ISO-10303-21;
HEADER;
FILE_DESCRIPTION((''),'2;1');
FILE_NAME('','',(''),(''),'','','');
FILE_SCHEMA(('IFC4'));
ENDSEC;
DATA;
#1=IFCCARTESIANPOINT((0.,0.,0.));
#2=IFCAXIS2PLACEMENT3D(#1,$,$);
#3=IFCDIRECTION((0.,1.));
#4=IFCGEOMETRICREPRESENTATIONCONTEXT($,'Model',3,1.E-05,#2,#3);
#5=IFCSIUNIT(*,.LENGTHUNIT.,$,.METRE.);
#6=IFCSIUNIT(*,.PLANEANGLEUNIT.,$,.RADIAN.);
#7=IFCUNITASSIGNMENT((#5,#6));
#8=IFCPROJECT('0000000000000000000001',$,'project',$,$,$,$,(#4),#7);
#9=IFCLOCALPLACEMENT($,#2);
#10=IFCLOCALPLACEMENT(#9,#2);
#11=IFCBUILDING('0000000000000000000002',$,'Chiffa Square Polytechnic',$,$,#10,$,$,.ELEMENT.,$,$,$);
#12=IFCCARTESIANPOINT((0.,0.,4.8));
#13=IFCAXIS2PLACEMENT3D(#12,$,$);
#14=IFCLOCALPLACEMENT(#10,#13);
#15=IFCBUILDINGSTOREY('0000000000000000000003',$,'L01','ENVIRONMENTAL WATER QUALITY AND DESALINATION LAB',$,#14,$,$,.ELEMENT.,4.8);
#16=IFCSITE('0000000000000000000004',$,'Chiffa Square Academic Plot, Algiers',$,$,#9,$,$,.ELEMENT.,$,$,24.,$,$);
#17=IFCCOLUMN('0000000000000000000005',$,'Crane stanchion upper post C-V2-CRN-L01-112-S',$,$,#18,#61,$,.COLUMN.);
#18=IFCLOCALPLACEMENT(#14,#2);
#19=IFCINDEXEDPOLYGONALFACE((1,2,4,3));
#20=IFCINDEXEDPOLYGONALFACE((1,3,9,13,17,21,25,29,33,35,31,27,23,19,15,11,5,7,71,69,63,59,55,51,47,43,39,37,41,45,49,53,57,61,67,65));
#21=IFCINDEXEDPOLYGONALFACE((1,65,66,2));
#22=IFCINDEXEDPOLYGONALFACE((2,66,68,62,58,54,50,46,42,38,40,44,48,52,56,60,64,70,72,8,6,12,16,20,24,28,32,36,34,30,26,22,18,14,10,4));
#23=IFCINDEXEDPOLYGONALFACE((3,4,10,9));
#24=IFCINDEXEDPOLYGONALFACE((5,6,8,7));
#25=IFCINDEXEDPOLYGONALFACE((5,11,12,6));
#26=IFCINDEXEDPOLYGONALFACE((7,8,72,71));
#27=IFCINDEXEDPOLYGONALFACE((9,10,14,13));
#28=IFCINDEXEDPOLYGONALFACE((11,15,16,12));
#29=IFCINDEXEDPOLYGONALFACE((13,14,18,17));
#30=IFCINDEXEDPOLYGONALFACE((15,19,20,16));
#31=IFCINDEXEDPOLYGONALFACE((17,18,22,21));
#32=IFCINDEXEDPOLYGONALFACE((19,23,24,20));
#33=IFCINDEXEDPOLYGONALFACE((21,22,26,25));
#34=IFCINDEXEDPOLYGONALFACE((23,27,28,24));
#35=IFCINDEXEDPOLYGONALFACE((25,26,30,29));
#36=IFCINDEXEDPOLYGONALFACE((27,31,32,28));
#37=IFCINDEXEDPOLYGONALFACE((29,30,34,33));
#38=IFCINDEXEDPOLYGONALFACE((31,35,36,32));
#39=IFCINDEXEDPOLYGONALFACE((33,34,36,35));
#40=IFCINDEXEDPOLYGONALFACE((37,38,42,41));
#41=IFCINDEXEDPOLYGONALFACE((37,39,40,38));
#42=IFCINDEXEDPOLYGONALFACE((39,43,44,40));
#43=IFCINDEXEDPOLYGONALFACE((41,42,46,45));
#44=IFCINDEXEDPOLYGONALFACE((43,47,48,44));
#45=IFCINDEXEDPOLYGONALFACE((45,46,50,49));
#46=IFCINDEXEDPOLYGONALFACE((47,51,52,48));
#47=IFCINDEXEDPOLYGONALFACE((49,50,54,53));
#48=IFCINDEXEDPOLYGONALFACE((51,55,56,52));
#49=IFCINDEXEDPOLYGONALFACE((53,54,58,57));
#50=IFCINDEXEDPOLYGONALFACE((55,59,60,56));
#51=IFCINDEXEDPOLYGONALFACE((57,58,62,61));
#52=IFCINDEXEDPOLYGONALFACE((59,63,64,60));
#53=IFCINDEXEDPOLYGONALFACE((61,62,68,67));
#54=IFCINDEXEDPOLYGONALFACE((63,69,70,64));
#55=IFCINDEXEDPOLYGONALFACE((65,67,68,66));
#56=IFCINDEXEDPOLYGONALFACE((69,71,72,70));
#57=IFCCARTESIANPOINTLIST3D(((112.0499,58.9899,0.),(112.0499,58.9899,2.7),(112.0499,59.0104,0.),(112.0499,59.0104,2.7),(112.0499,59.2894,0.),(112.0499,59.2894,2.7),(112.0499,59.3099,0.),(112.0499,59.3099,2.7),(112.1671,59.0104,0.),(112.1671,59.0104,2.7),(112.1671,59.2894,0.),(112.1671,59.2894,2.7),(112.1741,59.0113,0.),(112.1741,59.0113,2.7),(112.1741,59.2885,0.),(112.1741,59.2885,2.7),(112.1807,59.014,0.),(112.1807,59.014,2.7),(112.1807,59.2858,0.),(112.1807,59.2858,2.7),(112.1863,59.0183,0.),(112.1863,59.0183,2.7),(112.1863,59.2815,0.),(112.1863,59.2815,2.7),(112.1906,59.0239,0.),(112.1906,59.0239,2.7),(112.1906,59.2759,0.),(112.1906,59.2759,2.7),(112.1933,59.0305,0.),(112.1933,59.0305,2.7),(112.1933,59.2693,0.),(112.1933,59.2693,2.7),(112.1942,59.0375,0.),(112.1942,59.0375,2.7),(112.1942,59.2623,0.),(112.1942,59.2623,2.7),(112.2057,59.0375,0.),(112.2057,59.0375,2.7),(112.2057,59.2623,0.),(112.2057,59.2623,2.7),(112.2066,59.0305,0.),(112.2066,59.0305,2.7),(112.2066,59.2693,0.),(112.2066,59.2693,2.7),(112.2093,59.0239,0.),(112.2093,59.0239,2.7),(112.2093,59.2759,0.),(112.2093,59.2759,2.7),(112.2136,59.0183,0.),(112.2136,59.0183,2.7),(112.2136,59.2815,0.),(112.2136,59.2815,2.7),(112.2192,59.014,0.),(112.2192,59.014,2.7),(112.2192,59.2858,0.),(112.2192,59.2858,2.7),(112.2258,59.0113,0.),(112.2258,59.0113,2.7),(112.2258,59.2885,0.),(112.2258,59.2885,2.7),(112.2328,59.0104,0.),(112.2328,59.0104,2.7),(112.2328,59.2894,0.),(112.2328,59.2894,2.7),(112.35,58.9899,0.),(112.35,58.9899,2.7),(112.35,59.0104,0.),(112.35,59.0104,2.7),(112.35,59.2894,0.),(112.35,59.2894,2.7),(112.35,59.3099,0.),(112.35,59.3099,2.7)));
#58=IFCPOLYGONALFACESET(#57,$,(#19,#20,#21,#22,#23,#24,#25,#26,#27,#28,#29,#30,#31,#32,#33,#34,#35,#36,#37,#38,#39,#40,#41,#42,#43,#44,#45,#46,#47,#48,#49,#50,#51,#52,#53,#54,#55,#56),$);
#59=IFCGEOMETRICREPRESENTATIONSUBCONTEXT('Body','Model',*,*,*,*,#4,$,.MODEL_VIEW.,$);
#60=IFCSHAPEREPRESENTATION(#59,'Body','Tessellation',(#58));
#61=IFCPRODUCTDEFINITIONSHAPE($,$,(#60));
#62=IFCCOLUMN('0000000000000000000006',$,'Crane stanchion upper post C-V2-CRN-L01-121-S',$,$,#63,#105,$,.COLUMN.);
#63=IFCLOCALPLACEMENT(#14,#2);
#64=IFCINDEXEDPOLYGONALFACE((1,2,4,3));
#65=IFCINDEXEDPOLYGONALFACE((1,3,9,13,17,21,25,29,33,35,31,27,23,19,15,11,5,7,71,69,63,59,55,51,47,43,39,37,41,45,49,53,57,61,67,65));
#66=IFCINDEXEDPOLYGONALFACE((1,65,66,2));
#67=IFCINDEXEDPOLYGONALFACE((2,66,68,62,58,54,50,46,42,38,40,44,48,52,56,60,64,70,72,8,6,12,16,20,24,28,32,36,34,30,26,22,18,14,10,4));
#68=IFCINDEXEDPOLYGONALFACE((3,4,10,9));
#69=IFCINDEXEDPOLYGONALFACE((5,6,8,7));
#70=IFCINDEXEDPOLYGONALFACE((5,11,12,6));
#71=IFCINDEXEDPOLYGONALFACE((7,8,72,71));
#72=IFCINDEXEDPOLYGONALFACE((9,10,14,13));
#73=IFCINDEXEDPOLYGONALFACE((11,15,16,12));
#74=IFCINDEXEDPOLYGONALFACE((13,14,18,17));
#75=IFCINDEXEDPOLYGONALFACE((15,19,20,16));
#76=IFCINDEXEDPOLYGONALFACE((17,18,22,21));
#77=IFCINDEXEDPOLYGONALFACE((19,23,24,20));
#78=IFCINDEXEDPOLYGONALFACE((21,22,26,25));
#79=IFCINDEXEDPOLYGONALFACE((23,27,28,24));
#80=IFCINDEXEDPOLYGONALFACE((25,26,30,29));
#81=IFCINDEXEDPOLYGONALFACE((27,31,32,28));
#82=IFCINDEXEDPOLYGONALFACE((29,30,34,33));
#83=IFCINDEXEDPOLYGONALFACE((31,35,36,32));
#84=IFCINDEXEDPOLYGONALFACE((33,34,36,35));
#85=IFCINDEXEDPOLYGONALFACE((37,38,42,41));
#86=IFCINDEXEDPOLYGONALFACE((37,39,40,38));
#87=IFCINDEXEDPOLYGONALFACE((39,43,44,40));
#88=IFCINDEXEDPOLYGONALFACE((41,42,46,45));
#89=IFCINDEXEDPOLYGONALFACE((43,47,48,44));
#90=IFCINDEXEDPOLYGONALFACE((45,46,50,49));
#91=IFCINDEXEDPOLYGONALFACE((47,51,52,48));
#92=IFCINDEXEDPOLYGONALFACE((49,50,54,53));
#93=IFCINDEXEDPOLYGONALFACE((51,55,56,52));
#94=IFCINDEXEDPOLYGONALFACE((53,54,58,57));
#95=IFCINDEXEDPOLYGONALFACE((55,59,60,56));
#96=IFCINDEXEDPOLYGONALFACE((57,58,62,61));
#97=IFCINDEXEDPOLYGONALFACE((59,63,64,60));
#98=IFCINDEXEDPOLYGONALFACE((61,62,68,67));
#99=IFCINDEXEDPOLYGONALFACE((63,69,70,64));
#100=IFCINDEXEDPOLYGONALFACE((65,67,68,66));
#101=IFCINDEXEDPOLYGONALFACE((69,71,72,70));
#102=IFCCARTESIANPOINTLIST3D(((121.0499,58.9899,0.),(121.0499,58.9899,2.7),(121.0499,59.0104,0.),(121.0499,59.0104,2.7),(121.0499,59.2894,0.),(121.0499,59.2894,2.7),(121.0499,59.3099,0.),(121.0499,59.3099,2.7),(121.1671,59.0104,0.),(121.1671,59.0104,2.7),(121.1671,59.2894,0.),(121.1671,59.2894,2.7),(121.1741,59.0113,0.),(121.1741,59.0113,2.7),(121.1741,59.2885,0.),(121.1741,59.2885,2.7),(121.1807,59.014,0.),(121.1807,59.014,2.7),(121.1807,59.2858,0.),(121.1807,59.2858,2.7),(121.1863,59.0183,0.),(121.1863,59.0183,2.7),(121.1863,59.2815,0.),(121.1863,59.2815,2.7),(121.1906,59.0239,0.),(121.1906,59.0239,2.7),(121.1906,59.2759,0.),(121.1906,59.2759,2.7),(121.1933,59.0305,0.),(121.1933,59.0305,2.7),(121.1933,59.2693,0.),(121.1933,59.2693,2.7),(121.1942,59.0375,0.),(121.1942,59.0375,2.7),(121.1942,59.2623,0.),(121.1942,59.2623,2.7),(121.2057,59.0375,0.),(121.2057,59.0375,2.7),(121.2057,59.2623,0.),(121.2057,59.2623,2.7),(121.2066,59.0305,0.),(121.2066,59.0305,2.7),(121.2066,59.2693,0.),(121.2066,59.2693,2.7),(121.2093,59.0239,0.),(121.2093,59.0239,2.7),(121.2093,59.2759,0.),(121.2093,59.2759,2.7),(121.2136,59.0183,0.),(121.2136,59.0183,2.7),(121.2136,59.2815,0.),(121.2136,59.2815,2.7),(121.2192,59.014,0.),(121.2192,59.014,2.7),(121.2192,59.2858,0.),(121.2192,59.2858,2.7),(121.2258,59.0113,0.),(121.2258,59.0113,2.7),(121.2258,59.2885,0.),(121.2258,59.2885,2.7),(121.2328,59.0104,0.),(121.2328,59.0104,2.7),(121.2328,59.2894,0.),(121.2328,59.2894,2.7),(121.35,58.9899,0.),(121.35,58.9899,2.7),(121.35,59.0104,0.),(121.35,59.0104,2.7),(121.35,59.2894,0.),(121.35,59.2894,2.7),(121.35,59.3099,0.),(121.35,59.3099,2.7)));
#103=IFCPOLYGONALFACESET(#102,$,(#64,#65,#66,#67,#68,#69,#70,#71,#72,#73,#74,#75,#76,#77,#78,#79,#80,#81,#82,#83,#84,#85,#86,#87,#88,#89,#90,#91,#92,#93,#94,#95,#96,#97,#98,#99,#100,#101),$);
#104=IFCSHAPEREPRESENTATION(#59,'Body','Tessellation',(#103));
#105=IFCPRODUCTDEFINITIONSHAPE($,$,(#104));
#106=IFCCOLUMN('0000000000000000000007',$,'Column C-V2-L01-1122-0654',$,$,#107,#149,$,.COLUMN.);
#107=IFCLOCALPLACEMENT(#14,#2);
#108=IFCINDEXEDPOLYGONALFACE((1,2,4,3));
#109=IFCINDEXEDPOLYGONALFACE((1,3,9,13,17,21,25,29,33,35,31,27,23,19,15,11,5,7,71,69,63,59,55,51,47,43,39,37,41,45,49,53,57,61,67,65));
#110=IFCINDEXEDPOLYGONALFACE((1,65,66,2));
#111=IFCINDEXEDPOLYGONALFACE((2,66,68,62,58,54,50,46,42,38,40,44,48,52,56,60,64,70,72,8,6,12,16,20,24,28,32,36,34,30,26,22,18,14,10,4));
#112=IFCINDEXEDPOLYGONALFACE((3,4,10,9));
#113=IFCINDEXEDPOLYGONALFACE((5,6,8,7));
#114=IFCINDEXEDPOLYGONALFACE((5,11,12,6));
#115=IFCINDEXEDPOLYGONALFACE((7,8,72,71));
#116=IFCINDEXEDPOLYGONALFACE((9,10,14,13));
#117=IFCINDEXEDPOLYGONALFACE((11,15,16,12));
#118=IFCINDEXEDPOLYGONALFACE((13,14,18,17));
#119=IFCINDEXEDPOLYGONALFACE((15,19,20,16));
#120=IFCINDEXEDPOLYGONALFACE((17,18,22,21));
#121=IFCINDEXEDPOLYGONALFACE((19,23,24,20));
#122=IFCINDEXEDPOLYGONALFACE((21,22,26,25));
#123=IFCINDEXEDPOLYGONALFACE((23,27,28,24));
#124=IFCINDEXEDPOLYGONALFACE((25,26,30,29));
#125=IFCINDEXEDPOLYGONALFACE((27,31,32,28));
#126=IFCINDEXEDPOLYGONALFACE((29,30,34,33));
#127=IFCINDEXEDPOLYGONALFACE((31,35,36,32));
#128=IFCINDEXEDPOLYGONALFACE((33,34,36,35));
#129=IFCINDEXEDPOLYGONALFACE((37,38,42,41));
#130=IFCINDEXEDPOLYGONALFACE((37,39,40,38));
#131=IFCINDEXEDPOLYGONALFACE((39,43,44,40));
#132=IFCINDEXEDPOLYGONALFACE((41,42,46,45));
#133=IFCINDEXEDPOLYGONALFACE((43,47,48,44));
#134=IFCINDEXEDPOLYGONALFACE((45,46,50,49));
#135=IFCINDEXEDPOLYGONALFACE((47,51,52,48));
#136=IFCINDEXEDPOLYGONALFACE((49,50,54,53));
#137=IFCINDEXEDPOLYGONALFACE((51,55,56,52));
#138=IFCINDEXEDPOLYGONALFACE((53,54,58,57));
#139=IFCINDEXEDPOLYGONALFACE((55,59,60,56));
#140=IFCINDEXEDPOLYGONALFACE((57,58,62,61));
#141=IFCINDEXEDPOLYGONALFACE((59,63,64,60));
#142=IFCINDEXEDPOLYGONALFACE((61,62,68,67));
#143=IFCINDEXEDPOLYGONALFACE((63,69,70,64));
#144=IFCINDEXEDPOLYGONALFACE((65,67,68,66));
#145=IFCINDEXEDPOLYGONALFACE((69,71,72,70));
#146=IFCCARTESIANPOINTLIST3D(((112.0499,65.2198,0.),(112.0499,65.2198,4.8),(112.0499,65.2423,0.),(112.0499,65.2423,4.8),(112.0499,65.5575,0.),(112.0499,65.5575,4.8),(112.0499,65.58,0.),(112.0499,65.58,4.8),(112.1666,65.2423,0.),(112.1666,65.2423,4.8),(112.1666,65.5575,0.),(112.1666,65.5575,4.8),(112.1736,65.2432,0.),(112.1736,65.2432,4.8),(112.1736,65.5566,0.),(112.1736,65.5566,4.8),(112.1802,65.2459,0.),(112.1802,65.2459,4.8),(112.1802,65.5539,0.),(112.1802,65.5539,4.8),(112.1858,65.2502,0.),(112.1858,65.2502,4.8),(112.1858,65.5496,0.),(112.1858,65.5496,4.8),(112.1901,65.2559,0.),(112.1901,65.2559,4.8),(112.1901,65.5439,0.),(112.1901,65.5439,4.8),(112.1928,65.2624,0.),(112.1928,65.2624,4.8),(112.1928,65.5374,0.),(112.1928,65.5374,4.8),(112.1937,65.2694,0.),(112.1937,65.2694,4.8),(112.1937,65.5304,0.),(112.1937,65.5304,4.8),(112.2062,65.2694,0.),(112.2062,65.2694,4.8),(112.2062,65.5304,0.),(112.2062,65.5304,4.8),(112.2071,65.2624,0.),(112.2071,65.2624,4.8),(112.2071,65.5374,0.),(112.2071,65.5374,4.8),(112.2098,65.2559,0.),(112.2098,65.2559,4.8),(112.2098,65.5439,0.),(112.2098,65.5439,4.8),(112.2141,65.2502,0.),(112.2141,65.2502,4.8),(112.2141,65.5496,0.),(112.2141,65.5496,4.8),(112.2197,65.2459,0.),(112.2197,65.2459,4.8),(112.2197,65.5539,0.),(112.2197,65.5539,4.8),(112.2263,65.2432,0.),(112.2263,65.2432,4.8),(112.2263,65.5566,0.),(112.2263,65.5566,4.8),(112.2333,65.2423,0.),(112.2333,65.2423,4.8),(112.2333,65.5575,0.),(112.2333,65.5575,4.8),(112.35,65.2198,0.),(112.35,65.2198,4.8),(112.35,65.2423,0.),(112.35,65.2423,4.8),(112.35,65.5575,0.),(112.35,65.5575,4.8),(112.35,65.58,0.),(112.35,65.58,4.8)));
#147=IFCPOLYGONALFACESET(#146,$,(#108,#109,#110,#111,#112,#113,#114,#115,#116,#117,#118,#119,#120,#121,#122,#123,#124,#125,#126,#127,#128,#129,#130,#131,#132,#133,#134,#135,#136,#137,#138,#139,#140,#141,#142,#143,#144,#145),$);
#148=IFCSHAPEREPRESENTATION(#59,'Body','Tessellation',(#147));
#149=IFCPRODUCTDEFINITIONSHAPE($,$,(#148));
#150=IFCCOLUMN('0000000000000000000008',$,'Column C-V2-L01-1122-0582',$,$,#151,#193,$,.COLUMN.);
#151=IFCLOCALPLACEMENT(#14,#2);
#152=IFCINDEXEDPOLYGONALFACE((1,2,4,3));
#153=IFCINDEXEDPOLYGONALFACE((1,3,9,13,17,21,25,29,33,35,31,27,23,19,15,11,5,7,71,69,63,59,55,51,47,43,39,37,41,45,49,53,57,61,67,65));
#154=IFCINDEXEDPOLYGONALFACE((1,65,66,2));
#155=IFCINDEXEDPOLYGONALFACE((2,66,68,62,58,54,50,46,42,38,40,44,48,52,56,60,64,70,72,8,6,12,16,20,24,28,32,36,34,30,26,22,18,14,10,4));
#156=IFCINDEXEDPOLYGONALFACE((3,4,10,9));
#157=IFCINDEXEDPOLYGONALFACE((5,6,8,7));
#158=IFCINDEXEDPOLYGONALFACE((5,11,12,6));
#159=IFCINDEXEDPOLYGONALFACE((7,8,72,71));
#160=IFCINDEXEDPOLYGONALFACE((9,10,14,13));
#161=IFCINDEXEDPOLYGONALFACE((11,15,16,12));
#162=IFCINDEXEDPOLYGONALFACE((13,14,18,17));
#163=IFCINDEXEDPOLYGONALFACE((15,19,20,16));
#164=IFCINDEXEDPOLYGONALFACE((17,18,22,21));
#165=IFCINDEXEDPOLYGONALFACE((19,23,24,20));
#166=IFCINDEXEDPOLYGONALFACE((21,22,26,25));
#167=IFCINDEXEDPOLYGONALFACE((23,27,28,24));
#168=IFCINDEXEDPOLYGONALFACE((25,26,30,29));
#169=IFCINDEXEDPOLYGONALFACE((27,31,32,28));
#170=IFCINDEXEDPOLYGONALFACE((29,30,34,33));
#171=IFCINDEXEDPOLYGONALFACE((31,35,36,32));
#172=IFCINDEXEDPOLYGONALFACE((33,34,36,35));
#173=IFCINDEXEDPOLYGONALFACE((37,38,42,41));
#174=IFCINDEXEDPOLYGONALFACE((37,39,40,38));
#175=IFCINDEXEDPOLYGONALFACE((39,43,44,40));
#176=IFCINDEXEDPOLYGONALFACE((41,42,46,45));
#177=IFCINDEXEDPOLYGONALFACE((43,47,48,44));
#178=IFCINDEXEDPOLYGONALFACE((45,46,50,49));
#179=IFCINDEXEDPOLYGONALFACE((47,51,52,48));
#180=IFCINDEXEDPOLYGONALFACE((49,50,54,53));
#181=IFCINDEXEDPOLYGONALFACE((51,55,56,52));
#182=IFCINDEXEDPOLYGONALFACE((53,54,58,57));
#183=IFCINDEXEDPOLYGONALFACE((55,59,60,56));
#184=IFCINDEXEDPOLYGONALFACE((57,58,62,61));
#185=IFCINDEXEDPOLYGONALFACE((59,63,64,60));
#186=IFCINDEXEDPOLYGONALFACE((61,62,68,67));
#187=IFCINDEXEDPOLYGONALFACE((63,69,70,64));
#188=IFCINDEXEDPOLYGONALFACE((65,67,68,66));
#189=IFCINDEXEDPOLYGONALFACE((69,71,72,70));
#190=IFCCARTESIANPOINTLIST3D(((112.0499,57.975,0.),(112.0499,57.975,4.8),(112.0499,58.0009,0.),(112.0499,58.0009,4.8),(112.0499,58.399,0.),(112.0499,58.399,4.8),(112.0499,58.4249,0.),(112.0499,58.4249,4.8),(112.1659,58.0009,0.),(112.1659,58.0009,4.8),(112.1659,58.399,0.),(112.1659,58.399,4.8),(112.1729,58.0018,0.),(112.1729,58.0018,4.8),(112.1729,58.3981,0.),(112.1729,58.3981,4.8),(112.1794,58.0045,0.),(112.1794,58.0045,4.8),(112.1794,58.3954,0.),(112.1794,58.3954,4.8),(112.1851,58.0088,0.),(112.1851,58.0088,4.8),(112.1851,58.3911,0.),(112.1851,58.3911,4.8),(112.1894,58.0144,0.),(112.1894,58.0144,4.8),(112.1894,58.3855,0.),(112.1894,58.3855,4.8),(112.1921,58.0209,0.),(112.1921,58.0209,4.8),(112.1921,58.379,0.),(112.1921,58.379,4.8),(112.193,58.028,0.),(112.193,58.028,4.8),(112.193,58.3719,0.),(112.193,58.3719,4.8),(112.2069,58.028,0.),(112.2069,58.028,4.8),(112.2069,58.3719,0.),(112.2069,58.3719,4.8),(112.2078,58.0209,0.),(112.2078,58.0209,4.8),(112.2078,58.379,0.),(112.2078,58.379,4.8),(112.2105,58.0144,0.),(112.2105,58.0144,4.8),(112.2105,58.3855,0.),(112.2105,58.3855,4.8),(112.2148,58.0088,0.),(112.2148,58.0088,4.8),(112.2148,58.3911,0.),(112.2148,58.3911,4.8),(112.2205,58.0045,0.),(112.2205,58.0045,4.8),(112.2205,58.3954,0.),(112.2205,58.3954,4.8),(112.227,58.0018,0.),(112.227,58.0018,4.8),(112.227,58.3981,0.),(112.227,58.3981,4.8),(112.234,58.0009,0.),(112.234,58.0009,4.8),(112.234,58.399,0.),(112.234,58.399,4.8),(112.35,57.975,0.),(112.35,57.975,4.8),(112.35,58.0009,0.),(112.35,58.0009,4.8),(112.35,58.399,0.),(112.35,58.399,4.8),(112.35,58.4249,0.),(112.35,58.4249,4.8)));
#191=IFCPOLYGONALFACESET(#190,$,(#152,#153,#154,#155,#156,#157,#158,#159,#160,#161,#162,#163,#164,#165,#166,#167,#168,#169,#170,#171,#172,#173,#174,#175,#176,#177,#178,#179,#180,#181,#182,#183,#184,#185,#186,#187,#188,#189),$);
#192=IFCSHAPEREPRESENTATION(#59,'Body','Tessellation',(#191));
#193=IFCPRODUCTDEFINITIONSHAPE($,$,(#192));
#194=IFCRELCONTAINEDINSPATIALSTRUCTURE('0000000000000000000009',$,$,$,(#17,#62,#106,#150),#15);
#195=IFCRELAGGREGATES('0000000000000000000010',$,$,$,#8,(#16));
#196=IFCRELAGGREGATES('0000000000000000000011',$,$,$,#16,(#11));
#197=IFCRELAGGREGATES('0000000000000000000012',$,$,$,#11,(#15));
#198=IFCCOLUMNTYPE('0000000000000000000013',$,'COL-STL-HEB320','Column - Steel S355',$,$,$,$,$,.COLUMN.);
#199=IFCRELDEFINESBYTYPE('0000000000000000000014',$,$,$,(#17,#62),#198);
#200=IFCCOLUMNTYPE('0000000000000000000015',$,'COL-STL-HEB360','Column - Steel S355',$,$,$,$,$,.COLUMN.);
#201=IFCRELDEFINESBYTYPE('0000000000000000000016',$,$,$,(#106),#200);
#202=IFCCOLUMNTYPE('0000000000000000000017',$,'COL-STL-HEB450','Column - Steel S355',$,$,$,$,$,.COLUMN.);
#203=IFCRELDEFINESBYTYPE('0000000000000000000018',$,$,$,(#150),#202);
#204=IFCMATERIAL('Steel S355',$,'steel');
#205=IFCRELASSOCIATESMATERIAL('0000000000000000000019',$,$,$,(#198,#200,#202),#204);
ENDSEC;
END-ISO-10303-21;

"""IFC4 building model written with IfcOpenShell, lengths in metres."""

from ifc_helpers import new_model, si_unit, direction, frame, origin, origin_2d, place, context, subcontext, project, spatial, i_section, extrude, material, material_profile, profile_set, type_object, element, save


model = new_model("IFC4")

# Units and contexts
model_context = context("Model", 3, precision=1e-05, world=origin(), true_north=direction((0.0, 1.0)))
body_context = subcontext(model_context, "Body", "Model", "MODEL_VIEW")
ifc_project = project(units=[si_unit("LENGTHUNIT", "METRE"), si_unit("PLANEANGLEUNIT", "RADIAN")], contexts=[model_context])

# Site, building, storey
site_placement = place(None, origin())
site = spatial("IfcSite", under=ifc_project, at=site_placement, Name="Chiffa Square Academic Plot, Algiers", CompositionType="ELEMENT", RefElevation=24.0)
building_placement = place(site_placement, origin())
building = spatial("IfcBuilding", under=site, at=building_placement, Name="Chiffa Square Polytechnic", CompositionType="ELEMENT")
storey_placement = place(building_placement, frame((0.0, 0.0, 4.8)))
storey = spatial("IfcBuildingStorey", under=building, at=storey_placement, Name="L01", Description="ENVIRONMENTAL WATER QUALITY AND DESALINATION LAB", CompositionType="ELEMENT", Elevation=4.8)

# Columns
ifc_material_1 = material(Name="Steel S355", Category="steel")
ifc_material_profile_1 = material_profile(ifc_material_1, i_section(OverallWidth=0.3, OverallDepth=0.3201, WebThickness=0.0115, FlangeThickness=0.0205, FilletRadius=0.0271, at=origin_2d()), Name="HEB 320")
ifc_profile_set_1 = profile_set([ifc_material_profile_1], Name="Steel S355")
column_type_1 = type_object("IfcColumnType", Name="COL-STL-HEB320", Description="Column - Steel S355", PredefinedType="COLUMN", material=ifc_profile_set_1)
for number, where, z_axis, x_axis, name in (
    (1, (112.2, 59.1499, 0.0), (0.0, 0.0, 1.0), (1.0, 0.0, 0.0), "Crane stanchion upper post C-V2-CRN-L01-112-S"),
    (2, (121.2, 59.1499, 0.0), (0.0, 0.0, 1.0), (1.0, 0.0, 0.0), "Crane stanchion upper post C-V2-CRN-L01-121-S"),
):
    element("IfcColumn", number, at=place(storey_placement, frame(where, z_axis=z_axis, x_axis=x_axis)), inside=storey, type_object=column_type_1, Name=name, PredefinedType="COLUMN", context=body_context, shape_type="SweptSolid", body=[
        extrude(i_section(OverallWidth=0.3, OverallDepth=0.3201, WebThickness=0.0115, FlangeThickness=0.0205, FilletRadius=0.0271, at=origin_2d()), origin(), (0.0, 0.0, 1.0), 2.7),
    ])
ifc_material_profile_2 = material_profile(ifc_material_1, i_section(OverallWidth=0.3, OverallDepth=0.3601, WebThickness=0.0125, FlangeThickness=0.0225, FilletRadius=0.0271, at=origin_2d()), Name="HEB 360")
ifc_profile_set_2 = profile_set([ifc_material_profile_2], Name="Steel S355")
column_type_2 = type_object("IfcColumnType", Name="COL-STL-HEB360", Description="Column - Steel S355", PredefinedType="COLUMN", material=ifc_profile_set_2)
column_placement = place(storey_placement, frame((112.2, 65.3999, 0.0), z_axis=(0.0, 0.0, 1.0), x_axis=(1.0, 0.0, 0.0)))
element("IfcColumn", 3, at=column_placement, inside=storey, type_object=column_type_2, Name="Column C-V2-L01-1122-0654", PredefinedType="COLUMN", context=body_context, shape_type="SweptSolid", body=[
    extrude(i_section(OverallWidth=0.3, OverallDepth=0.3601, WebThickness=0.0125, FlangeThickness=0.0225, FilletRadius=0.0271, at=origin_2d()), origin(), (0.0, 0.0, 1.0), 4.8),
])
ifc_material_profile_3 = material_profile(ifc_material_1, i_section(OverallWidth=0.3, OverallDepth=0.45, WebThickness=0.0139, FlangeThickness=0.0259, FilletRadius=0.0271, at=origin_2d()), Name="HEB 450")
ifc_profile_set_3 = profile_set([ifc_material_profile_3], Name="Steel S355")
column_type_3 = type_object("IfcColumnType", Name="COL-STL-HEB450", Description="Column - Steel S355", PredefinedType="COLUMN", material=ifc_profile_set_3)
for number, where, z_axis, x_axis, name in (
    (4, (112.2, 58.2, 0.0), (0.0, 0.0, 1.0), (1.0, 0.0, 0.0), "Column C-V2-L01-1122-0582"),
):
    element("IfcColumn", number, at=place(storey_placement, frame(where, z_axis=z_axis, x_axis=x_axis)), inside=storey, type_object=column_type_3, Name=name, PredefinedType="COLUMN", context=body_context, shape_type="SweptSolid", body=[
        extrude(i_section(OverallWidth=0.3, OverallDepth=0.45, WebThickness=0.0139, FlangeThickness=0.0259, FilletRadius=0.0271, at=origin_2d()), origin(), (0.0, 0.0, 1.0), 4.8),
    ])

save(model, "model.ifc")
